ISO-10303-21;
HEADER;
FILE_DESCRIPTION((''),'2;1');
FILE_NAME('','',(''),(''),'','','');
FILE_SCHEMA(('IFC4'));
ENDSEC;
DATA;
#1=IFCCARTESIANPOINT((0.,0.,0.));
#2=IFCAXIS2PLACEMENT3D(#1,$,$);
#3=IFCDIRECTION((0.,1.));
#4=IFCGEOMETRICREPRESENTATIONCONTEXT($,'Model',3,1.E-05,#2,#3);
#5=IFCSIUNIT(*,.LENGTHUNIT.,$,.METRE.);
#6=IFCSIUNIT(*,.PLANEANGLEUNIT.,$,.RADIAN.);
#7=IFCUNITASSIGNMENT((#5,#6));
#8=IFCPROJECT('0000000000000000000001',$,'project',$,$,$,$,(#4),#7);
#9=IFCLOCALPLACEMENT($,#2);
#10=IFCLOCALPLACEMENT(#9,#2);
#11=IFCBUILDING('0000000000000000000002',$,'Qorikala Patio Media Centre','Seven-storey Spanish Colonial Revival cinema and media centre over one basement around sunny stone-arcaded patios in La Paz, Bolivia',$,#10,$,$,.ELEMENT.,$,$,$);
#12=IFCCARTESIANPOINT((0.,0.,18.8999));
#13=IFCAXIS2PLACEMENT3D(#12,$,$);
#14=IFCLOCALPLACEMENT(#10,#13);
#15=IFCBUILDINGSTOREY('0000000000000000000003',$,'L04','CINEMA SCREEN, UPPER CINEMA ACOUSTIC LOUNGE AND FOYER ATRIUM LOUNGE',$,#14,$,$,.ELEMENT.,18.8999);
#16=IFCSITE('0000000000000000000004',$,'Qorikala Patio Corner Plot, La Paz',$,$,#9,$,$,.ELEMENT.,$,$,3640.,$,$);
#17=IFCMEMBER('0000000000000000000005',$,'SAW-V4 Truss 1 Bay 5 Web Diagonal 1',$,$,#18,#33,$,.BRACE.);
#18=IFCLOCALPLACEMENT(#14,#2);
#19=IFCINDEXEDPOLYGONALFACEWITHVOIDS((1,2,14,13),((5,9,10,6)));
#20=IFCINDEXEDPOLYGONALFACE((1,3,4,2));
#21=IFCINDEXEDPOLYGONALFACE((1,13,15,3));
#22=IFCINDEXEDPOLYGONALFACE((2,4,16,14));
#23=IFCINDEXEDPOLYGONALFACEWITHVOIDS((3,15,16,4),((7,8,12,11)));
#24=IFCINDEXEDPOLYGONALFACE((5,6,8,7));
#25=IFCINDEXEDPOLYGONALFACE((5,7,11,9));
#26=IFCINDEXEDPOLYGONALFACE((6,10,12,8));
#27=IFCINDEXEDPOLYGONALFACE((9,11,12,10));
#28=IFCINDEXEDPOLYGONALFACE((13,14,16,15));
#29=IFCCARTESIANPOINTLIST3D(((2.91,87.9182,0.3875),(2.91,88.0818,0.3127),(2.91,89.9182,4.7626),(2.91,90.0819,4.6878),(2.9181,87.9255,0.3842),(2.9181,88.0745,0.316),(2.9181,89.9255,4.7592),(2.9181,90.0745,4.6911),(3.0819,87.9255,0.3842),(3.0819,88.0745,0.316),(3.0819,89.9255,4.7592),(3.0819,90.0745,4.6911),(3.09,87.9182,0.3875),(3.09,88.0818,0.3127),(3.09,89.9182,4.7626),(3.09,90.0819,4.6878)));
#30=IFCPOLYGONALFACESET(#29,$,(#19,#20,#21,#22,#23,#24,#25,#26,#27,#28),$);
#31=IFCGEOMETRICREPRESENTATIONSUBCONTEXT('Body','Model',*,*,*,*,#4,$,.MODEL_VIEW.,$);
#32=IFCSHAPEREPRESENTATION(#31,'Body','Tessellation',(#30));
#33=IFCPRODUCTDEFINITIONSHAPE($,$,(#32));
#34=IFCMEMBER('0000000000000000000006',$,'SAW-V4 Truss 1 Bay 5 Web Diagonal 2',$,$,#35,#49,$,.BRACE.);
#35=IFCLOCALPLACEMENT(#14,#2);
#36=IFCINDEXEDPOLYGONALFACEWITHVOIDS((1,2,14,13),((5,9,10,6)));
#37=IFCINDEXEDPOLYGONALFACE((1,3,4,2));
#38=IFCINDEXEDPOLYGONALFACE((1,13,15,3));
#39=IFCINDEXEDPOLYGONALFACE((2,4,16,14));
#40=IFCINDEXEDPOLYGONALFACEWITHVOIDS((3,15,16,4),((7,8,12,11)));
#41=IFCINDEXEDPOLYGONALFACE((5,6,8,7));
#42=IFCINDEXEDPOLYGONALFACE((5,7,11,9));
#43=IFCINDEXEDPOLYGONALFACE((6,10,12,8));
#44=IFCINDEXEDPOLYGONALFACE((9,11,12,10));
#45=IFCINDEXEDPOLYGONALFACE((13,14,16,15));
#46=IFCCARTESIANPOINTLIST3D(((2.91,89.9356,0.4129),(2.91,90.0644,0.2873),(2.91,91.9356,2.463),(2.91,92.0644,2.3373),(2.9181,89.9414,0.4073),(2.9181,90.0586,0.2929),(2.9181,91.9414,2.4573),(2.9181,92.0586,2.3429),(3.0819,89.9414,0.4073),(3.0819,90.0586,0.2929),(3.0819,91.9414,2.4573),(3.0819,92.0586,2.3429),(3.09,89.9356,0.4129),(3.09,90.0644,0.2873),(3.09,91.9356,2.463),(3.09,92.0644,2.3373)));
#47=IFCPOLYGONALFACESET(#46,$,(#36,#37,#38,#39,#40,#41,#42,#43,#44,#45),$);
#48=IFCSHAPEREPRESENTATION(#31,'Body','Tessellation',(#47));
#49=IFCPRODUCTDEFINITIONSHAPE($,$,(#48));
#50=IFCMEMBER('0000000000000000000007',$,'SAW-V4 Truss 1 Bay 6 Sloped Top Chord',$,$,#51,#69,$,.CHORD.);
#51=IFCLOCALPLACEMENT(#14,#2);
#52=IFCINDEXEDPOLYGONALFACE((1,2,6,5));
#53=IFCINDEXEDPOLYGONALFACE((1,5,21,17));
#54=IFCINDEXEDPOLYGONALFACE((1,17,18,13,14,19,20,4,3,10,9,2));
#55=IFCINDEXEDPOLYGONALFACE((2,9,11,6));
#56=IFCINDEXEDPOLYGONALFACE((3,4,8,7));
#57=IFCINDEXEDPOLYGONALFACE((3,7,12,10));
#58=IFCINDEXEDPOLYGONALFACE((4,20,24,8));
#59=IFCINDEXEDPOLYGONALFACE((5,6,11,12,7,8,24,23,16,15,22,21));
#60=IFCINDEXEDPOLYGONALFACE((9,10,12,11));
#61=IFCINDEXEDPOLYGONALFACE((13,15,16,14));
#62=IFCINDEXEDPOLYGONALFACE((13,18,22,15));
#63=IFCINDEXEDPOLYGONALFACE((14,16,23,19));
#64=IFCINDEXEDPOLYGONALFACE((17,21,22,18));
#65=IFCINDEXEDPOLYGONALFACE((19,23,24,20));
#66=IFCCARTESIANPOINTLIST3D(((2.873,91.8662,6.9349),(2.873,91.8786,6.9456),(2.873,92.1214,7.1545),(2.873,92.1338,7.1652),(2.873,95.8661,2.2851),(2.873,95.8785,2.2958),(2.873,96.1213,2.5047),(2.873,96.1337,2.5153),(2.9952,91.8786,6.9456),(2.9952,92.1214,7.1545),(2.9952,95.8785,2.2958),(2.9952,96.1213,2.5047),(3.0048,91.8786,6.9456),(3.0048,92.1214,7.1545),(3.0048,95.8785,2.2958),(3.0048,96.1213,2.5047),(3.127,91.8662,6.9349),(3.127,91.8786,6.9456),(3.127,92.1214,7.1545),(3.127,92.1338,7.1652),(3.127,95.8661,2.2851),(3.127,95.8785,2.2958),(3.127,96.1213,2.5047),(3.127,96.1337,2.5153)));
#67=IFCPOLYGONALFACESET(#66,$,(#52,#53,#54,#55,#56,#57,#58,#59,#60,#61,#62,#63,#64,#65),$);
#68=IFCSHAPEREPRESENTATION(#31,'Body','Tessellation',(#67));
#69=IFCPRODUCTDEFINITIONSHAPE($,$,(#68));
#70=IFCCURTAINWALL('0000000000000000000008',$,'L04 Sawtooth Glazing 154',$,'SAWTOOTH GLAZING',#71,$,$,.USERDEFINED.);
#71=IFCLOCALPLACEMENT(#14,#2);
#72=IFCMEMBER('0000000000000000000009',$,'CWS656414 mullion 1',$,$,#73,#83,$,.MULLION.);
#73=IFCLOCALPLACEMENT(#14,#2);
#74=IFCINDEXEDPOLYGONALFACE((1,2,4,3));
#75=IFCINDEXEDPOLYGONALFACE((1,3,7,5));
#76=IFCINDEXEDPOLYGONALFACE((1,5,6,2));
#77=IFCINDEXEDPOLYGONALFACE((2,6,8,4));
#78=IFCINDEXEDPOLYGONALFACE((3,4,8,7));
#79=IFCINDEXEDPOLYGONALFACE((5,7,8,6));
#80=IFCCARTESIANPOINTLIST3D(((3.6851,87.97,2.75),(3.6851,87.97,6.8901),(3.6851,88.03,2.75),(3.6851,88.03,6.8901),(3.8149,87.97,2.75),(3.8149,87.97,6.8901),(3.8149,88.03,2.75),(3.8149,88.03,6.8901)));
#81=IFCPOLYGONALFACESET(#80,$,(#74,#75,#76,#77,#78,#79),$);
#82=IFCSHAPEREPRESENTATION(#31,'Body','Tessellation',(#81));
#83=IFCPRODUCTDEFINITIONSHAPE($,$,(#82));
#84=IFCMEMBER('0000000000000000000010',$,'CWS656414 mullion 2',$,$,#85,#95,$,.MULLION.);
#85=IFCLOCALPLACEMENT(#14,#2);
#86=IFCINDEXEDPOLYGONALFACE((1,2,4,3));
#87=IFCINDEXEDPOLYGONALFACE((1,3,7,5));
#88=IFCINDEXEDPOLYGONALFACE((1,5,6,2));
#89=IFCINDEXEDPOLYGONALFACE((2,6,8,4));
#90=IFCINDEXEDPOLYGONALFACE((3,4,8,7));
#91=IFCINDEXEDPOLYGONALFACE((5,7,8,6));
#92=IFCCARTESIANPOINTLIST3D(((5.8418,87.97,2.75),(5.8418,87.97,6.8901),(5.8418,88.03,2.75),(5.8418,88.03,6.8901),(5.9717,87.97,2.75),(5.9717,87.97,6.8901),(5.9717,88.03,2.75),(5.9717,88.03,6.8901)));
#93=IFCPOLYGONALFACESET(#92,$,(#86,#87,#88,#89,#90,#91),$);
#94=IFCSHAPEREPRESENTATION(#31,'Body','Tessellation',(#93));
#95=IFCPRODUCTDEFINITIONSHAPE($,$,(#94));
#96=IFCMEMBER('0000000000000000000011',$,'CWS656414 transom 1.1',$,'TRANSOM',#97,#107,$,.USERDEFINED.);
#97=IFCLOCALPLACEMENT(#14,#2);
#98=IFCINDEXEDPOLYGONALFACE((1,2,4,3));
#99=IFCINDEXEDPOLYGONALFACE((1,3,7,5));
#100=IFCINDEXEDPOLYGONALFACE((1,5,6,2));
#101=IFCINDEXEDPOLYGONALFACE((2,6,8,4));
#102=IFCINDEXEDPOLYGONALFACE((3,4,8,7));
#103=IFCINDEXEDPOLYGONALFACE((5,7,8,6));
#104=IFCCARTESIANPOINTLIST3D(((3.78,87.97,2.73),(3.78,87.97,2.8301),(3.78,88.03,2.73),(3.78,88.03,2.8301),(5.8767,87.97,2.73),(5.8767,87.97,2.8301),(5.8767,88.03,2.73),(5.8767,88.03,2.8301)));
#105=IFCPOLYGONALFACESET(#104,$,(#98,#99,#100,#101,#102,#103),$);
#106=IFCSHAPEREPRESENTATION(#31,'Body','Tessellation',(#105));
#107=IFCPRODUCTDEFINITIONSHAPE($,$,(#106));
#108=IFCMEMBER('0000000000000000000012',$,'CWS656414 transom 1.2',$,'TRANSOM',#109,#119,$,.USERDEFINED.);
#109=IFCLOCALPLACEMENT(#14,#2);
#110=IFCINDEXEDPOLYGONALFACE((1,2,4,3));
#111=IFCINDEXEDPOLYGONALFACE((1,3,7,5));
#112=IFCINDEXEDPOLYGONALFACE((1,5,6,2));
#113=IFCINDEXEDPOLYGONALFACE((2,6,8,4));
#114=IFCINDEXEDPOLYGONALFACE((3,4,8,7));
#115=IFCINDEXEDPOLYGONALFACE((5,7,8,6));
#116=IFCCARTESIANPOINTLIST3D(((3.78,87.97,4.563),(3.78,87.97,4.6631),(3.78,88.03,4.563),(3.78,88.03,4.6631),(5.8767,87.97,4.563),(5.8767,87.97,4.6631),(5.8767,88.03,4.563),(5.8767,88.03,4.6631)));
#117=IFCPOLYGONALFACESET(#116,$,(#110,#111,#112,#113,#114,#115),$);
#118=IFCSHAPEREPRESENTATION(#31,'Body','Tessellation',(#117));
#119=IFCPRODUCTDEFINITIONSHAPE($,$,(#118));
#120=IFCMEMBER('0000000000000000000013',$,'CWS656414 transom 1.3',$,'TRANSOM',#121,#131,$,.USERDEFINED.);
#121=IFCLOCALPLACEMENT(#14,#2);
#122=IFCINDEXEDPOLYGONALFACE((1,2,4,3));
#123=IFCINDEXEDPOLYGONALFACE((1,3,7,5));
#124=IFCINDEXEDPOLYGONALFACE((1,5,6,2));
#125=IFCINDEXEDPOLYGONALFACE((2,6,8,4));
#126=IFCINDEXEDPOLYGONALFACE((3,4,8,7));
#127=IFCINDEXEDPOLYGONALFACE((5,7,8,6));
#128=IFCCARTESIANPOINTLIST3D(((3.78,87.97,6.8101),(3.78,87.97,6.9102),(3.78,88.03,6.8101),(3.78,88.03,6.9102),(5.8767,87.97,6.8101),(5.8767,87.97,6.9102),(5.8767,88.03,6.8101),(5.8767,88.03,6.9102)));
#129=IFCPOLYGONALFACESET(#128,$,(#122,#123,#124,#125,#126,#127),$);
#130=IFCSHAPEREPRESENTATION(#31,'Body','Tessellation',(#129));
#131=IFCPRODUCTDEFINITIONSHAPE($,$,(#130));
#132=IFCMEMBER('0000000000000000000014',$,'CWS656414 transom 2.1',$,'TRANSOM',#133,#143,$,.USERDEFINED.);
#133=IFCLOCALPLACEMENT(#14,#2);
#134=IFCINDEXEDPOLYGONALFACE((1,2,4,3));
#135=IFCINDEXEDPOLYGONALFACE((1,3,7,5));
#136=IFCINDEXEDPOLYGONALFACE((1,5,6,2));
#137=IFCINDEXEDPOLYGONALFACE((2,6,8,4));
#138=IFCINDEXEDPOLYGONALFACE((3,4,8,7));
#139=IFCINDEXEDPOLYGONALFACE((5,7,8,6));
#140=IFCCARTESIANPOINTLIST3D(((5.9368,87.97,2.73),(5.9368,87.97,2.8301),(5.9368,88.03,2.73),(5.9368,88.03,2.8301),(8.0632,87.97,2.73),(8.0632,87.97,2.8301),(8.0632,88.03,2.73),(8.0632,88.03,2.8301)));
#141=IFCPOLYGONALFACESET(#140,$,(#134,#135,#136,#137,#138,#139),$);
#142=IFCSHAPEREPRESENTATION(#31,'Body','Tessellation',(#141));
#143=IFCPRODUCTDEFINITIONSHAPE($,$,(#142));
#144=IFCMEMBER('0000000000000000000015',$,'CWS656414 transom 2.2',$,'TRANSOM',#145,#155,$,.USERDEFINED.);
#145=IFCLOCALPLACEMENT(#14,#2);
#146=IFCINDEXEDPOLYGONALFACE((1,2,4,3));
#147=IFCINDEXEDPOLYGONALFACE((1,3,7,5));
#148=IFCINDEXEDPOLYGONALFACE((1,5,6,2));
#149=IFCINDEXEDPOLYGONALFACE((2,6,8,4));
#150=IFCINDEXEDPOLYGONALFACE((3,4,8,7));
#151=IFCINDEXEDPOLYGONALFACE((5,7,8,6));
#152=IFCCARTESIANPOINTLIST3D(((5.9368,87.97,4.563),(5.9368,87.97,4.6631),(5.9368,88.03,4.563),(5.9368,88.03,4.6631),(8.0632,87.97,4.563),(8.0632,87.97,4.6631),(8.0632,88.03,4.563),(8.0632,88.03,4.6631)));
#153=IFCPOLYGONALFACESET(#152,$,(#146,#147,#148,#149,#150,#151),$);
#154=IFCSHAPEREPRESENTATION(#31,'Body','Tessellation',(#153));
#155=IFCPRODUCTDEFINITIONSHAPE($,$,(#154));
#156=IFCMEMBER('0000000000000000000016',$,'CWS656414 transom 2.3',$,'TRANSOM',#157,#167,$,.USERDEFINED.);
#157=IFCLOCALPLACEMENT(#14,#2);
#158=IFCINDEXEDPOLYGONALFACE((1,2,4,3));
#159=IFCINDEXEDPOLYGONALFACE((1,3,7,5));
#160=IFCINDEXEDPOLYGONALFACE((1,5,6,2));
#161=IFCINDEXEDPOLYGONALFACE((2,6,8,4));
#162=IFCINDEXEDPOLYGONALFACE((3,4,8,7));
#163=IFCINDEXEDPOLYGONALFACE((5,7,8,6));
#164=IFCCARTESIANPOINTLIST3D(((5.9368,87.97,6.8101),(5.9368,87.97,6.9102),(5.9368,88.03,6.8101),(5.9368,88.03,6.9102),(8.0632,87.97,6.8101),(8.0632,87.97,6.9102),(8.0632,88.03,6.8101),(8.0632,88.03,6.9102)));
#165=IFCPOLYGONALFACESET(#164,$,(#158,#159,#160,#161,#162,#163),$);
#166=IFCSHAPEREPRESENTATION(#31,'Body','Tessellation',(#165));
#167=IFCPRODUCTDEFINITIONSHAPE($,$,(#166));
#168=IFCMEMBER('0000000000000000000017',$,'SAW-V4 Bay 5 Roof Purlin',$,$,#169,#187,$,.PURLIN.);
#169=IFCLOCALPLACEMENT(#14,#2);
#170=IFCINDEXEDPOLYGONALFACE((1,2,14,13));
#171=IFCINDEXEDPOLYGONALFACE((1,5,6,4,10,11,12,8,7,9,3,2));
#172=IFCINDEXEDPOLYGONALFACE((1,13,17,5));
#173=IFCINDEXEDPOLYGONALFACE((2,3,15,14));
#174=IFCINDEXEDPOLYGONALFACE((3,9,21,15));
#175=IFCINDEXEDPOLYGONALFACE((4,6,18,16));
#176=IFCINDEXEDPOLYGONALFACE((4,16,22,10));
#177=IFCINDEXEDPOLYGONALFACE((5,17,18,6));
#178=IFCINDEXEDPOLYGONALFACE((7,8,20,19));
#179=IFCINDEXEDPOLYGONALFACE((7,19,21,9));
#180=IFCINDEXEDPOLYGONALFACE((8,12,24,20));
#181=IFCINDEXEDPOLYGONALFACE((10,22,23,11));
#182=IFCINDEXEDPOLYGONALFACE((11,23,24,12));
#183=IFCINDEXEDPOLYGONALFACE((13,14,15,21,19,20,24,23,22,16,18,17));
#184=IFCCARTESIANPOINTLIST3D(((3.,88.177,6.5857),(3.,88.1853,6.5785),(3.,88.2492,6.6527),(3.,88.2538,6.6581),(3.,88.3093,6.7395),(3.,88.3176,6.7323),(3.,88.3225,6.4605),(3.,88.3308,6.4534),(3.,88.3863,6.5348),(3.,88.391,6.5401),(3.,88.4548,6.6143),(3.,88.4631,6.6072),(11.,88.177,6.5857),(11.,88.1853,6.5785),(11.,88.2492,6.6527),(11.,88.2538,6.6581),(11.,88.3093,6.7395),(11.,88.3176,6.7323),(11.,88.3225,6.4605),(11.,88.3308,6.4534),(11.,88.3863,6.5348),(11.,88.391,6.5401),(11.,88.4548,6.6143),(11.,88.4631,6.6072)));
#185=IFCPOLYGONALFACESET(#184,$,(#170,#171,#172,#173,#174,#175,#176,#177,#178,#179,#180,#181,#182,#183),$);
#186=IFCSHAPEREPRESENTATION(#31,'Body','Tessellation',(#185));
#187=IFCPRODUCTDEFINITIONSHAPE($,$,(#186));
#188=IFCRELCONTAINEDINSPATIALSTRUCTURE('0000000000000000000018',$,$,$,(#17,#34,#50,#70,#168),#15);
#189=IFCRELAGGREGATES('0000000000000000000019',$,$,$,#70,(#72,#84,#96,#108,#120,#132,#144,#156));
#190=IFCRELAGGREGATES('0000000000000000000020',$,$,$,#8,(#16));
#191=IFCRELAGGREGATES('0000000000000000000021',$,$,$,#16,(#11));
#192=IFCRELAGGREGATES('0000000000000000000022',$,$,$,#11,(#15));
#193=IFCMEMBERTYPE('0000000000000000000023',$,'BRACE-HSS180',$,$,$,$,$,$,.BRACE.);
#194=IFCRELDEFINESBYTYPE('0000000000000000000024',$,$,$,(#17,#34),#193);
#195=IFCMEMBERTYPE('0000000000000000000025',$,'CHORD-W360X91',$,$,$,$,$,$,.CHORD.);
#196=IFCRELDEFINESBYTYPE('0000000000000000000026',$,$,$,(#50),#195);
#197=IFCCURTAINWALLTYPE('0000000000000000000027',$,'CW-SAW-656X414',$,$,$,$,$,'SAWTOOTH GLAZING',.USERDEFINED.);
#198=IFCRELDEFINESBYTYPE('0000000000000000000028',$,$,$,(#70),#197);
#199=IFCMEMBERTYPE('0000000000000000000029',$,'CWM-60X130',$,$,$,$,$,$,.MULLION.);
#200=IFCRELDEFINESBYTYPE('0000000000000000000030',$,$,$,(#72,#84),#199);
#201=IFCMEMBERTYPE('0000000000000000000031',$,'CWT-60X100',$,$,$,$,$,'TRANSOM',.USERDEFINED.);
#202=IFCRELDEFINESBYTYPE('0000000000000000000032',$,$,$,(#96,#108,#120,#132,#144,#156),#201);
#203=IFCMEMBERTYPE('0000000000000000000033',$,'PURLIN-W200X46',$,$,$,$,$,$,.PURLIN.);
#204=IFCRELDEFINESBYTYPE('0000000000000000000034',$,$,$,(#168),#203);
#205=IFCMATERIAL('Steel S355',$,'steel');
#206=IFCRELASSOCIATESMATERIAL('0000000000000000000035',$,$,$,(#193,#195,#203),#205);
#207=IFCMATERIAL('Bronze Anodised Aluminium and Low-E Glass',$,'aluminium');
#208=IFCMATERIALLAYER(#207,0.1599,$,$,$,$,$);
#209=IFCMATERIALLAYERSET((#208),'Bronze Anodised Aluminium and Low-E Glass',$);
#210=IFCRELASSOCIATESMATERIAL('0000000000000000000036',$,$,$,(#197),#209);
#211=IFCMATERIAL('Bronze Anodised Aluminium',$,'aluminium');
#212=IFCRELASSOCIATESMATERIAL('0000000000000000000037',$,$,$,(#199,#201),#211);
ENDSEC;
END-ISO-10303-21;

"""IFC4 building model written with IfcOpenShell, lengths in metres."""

from ifc_helpers import new_model, si_unit, direction, frame, origin, origin_2d, place, context, subcontext, project, spatial, rectangle, hollow_rectangle, i_section, extrude, material, layer, layer_set, material_profile, profile_set, type_object, element, aggregate, save


model = new_model("IFC4")

# Units and contexts
model_context = context("Model", 3, precision=1e-05, world=origin(), true_north=direction((0.0, 1.0)))
body_context = subcontext(model_context, "Body", "Model", "MODEL_VIEW")
ifc_project = project(units=[si_unit("LENGTHUNIT", "METRE"), si_unit("PLANEANGLEUNIT", "RADIAN")], contexts=[model_context])

# Site, building, storey
site_placement = place(None, origin())
site = spatial("IfcSite", under=ifc_project, at=site_placement, Name="Qorikala Patio Corner Plot, La Paz", CompositionType="ELEMENT", RefElevation=3640.0)
building_placement = place(site_placement, origin())
building = spatial("IfcBuilding", under=site, at=building_placement, Name="Qorikala Patio Media Centre", Description="Seven-storey Spanish Colonial Revival cinema and media centre over one basement around sunny stone-arcaded patios in La Paz, Bolivia", CompositionType="ELEMENT")
storey_placement = place(building_placement, frame((0.0, 0.0, 18.8999)))
storey = spatial("IfcBuildingStorey", under=building, at=storey_placement, Name="L04", Description="CINEMA SCREEN, UPPER CINEMA ACOUSTIC LOUNGE AND FOYER ATRIUM LOUNGE", CompositionType="ELEMENT", Elevation=18.8999)

# Members
ifc_material_1 = material(Name="Steel S355", Category="steel")
ifc_material_profile_1 = material_profile(ifc_material_1, hollow_rectangle(XDim=0.1799, YDim=0.1799, WallThickness=0.0081, at=origin_2d()), Name="HSS180X180X8")
ifc_profile_set_1 = profile_set([ifc_material_profile_1], Name="Steel S355")
member_type_1 = type_object("IfcMemberType", Name="BRACE-HSS180", PredefinedType="BRACE", material=ifc_profile_set_1)
member_1_placement = place(storey_placement, frame((3.0, 88.0, 0.3501), z_axis=(0.0, 0.41576, 0.909474), x_axis=(-1.0, 0.0, 0.0)))
element("IfcMember", 1, at=member_1_placement, inside=storey, type_object=member_type_1, Name="SAW-V4 Truss 1 Bay 5 Web Diagonal 1", PredefinedType="BRACE", context=body_context, shape_type="SweptSolid", body=[
    extrude(hollow_rectangle(XDim=0.1799, YDim=0.1799, WallThickness=0.0081, at=origin_2d()), origin(), (0.0, 0.0, 1.0), 4.8105),
])
member_2_placement = place(storey_placement, frame((3.0, 90.0, 0.3501), z_axis=(0.0, 0.698315, 0.71579), x_axis=(-1.0, 0.0, 0.0)))
element("IfcMember", 2, at=member_2_placement, inside=storey, type_object=member_type_1, Name="SAW-V4 Truss 1 Bay 5 Web Diagonal 2", PredefinedType="BRACE", context=body_context, shape_type="SweptSolid", body=[
    extrude(hollow_rectangle(XDim=0.1799, YDim=0.1799, WallThickness=0.0081, at=origin_2d()), origin(), (0.0, 0.0, 1.0), 2.864),
])
ifc_material_profile_2 = material_profile(ifc_material_1, i_section(OverallWidth=0.2539, OverallDepth=0.353, WebThickness=0.0095, FlangeThickness=0.0164, at=origin_2d()), Name="W360X91")
ifc_profile_set_2 = profile_set([ifc_material_profile_2], Name="Steel S355")
member_type_2 = type_object("IfcMemberType", Name="CHORD-W360X91", PredefinedType="CHORD", material=ifc_profile_set_2)
member_3_placement = place(storey_placement, frame((3.0, 92.0, 7.05), z_axis=(0.0, 0.652141, -0.758098), x_axis=(-1.0, 0.0, 0.0)))
element("IfcMember", 3, at=member_3_placement, inside=storey, type_object=member_type_2, Name="SAW-V4 Truss 1 Bay 6 Sloped Top Chord", PredefinedType="CHORD", context=body_context, shape_type="SweptSolid", body=[
    extrude(i_section(OverallWidth=0.2539, OverallDepth=0.353, WebThickness=0.0095, FlangeThickness=0.0164, at=origin_2d()), origin(), (0.0, 0.0, 1.0), 6.1335),
])

# Curtain wall, members
ifc_material_2 = material(Name="Bronze Anodised Aluminium and Low-E Glass", Category="aluminium")
ifc_layer_1 = layer(ifc_material_2, 0.1599)
ifc_layer_set_1 = layer_set([ifc_layer_1], Name="Bronze Anodised Aluminium and Low-E Glass")
curtain_wall_type = type_object("IfcCurtainWallType", Name="CW-SAW-656X414", ElementType="SAWTOOTH GLAZING", PredefinedType="USERDEFINED", material=ifc_layer_set_1)
curtain_wall_placement = place(storey_placement, origin())
curtain_wall = element("IfcCurtainWall", 4, at=curtain_wall_placement, inside=storey, type_object=curtain_wall_type, Name="L04 Sawtooth Glazing 154", ObjectType="SAWTOOTH GLAZING", PredefinedType="USERDEFINED")
ifc_material_3 = material(Name="Bronze Anodised Aluminium", Category="aluminium")
ifc_material_profile_3 = material_profile(ifc_material_3, rectangle(XDim=0.0601, YDim=0.1299, at=origin_2d()), Name="ALU MULLION 60x130")
ifc_profile_set_3 = profile_set([ifc_material_profile_3], Name="Bronze Anodised Aluminium")
member_type_3 = type_object("IfcMemberType", Name="CWM-60X130", PredefinedType="MULLION", material=ifc_profile_set_3)
member_4_placement = place(storey_placement, frame((3.75, 88.0, 2.75), z_axis=(0.0, 0.0, 1.0), x_axis=(0.0, 1.0, 0.0)))
member_4 = element("IfcMember", 5, at=member_4_placement, type_object=member_type_3, Name="CWS656414 mullion 1", PredefinedType="MULLION", context=body_context, shape_type="SweptSolid", body=[
    extrude(rectangle(XDim=0.0601, YDim=0.1299, at=origin_2d()), origin(), (0.0, 0.0, 1.0), 4.1401),
])
member_5_placement = place(storey_placement, frame((5.9067, 88.0, 2.75), z_axis=(0.0, 0.0, 1.0), x_axis=(0.0, 1.0, 0.0)))
member_5 = element("IfcMember", 6, at=member_5_placement, type_object=member_type_3, Name="CWS656414 mullion 2", PredefinedType="MULLION", context=body_context, shape_type="SweptSolid", body=[
    extrude(rectangle(XDim=0.0601, YDim=0.1299, at=origin_2d()), origin(), (0.0, 0.0, 1.0), 4.1401),
])
ifc_material_profile_4 = material_profile(ifc_material_3, rectangle(XDim=0.0601, YDim=0.1001, at=origin_2d()), Name="ALU TRANSOM 60x100")
ifc_profile_set_4 = profile_set([ifc_material_profile_4], Name="Bronze Anodised Aluminium")
member_type_4 = type_object("IfcMemberType", Name="CWT-60X100", ElementType="TRANSOM", PredefinedType="USERDEFINED", material=ifc_profile_set_4)
member_6_placement = place(storey_placement, frame((3.78, 88.0, 2.78), z_axis=(1.0, 0.0, 0.0), x_axis=(0.0, 1.0, 0.0)))
member_6 = element("IfcMember", 7, at=member_6_placement, type_object=member_type_4, Name="CWS656414 transom 1.1", ObjectType="TRANSOM", PredefinedType="USERDEFINED", context=body_context, shape_type="SweptSolid", body=[
    extrude(rectangle(XDim=0.0601, YDim=0.1001, at=origin_2d()), origin(), (0.0, 0.0, 1.0), 2.0967),
])
member_7_placement = place(storey_placement, frame((3.78, 88.0, 4.613), z_axis=(1.0, 0.0, 0.0), x_axis=(0.0, 1.0, 0.0)))
member_7 = element("IfcMember", 8, at=member_7_placement, type_object=member_type_4, Name="CWS656414 transom 1.2", ObjectType="TRANSOM", PredefinedType="USERDEFINED", context=body_context, shape_type="SweptSolid", body=[
    extrude(rectangle(XDim=0.0601, YDim=0.1001, at=origin_2d()), origin(), (0.0, 0.0, 1.0), 2.0967),
])
member_8_placement = place(storey_placement, frame((3.78, 88.0, 6.8601), z_axis=(1.0, 0.0, 0.0), x_axis=(0.0, 1.0, 0.0)))
member_8 = element("IfcMember", 9, at=member_8_placement, type_object=member_type_4, Name="CWS656414 transom 1.3", ObjectType="TRANSOM", PredefinedType="USERDEFINED", context=body_context, shape_type="SweptSolid", body=[
    extrude(rectangle(XDim=0.0601, YDim=0.1001, at=origin_2d()), origin(), (0.0, 0.0, 1.0), 2.0967),
])
member_9_placement = place(storey_placement, frame((5.9368, 88.0, 2.78), z_axis=(1.0, 0.0, 0.0), x_axis=(0.0, 1.0, 0.0)))
member_9 = element("IfcMember", 10, at=member_9_placement, type_object=member_type_4, Name="CWS656414 transom 2.1", ObjectType="TRANSOM", PredefinedType="USERDEFINED", context=body_context, shape_type="SweptSolid", body=[
    extrude(rectangle(XDim=0.0601, YDim=0.1001, at=origin_2d()), origin(), (0.0, 0.0, 1.0), 2.1265),
])
member_10_placement = place(storey_placement, frame((5.9368, 88.0, 4.613), z_axis=(1.0, 0.0, 0.0), x_axis=(0.0, 1.0, 0.0)))
member_10 = element("IfcMember", 11, at=member_10_placement, type_object=member_type_4, Name="CWS656414 transom 2.2", ObjectType="TRANSOM", PredefinedType="USERDEFINED", context=body_context, shape_type="SweptSolid", body=[
    extrude(rectangle(XDim=0.0601, YDim=0.1001, at=origin_2d()), origin(), (0.0, 0.0, 1.0), 2.1265),
])
member_11_placement = place(storey_placement, frame((5.9368, 88.0, 6.8601), z_axis=(1.0, 0.0, 0.0), x_axis=(0.0, 1.0, 0.0)))
member_11 = element("IfcMember", 12, at=member_11_placement, type_object=member_type_4, Name="CWS656414 transom 2.3", ObjectType="TRANSOM", PredefinedType="USERDEFINED", context=body_context, shape_type="SweptSolid", body=[
    extrude(rectangle(XDim=0.0601, YDim=0.1001, at=origin_2d()), origin(), (0.0, 0.0, 1.0), 2.1265),
])

# Member
ifc_material_profile_5 = material_profile(ifc_material_1, i_section(OverallWidth=0.2029, OverallDepth=0.2029, WebThickness=0.0071, FlangeThickness=0.011, at=origin_2d()), Name="W200X46")
ifc_profile_set_5 = profile_set([ifc_material_profile_5], Name="Steel S355")
member_type_5 = type_object("IfcMemberType", Name="PURLIN-W200X46", PredefinedType="PURLIN", material=ifc_profile_set_5)
for number, where, z_axis, x_axis, name in (
    (13, (3.0, 88.3201, 6.5964), (1.0, 0.0, 0.0), (0.0, 0.652138, 0.7581), "SAW-V4 Bay 5 Roof Purlin"),
):
    element("IfcMember", number, at=place(storey_placement, frame(where, z_axis=z_axis, x_axis=x_axis)), inside=storey, type_object=member_type_5, Name=name, PredefinedType="PURLIN", context=body_context, shape_type="SweptSolid", body=[
        extrude(i_section(OverallWidth=0.2029, OverallDepth=0.2029, WebThickness=0.0071, FlangeThickness=0.011, at=origin_2d()), origin(), (0.0, 0.0, 1.0), 8.0),
    ])

aggregate(curtain_wall, [member_4, member_5, member_6, member_7, member_8, member_9, member_10, member_11])

save(model, "model.ifc")
